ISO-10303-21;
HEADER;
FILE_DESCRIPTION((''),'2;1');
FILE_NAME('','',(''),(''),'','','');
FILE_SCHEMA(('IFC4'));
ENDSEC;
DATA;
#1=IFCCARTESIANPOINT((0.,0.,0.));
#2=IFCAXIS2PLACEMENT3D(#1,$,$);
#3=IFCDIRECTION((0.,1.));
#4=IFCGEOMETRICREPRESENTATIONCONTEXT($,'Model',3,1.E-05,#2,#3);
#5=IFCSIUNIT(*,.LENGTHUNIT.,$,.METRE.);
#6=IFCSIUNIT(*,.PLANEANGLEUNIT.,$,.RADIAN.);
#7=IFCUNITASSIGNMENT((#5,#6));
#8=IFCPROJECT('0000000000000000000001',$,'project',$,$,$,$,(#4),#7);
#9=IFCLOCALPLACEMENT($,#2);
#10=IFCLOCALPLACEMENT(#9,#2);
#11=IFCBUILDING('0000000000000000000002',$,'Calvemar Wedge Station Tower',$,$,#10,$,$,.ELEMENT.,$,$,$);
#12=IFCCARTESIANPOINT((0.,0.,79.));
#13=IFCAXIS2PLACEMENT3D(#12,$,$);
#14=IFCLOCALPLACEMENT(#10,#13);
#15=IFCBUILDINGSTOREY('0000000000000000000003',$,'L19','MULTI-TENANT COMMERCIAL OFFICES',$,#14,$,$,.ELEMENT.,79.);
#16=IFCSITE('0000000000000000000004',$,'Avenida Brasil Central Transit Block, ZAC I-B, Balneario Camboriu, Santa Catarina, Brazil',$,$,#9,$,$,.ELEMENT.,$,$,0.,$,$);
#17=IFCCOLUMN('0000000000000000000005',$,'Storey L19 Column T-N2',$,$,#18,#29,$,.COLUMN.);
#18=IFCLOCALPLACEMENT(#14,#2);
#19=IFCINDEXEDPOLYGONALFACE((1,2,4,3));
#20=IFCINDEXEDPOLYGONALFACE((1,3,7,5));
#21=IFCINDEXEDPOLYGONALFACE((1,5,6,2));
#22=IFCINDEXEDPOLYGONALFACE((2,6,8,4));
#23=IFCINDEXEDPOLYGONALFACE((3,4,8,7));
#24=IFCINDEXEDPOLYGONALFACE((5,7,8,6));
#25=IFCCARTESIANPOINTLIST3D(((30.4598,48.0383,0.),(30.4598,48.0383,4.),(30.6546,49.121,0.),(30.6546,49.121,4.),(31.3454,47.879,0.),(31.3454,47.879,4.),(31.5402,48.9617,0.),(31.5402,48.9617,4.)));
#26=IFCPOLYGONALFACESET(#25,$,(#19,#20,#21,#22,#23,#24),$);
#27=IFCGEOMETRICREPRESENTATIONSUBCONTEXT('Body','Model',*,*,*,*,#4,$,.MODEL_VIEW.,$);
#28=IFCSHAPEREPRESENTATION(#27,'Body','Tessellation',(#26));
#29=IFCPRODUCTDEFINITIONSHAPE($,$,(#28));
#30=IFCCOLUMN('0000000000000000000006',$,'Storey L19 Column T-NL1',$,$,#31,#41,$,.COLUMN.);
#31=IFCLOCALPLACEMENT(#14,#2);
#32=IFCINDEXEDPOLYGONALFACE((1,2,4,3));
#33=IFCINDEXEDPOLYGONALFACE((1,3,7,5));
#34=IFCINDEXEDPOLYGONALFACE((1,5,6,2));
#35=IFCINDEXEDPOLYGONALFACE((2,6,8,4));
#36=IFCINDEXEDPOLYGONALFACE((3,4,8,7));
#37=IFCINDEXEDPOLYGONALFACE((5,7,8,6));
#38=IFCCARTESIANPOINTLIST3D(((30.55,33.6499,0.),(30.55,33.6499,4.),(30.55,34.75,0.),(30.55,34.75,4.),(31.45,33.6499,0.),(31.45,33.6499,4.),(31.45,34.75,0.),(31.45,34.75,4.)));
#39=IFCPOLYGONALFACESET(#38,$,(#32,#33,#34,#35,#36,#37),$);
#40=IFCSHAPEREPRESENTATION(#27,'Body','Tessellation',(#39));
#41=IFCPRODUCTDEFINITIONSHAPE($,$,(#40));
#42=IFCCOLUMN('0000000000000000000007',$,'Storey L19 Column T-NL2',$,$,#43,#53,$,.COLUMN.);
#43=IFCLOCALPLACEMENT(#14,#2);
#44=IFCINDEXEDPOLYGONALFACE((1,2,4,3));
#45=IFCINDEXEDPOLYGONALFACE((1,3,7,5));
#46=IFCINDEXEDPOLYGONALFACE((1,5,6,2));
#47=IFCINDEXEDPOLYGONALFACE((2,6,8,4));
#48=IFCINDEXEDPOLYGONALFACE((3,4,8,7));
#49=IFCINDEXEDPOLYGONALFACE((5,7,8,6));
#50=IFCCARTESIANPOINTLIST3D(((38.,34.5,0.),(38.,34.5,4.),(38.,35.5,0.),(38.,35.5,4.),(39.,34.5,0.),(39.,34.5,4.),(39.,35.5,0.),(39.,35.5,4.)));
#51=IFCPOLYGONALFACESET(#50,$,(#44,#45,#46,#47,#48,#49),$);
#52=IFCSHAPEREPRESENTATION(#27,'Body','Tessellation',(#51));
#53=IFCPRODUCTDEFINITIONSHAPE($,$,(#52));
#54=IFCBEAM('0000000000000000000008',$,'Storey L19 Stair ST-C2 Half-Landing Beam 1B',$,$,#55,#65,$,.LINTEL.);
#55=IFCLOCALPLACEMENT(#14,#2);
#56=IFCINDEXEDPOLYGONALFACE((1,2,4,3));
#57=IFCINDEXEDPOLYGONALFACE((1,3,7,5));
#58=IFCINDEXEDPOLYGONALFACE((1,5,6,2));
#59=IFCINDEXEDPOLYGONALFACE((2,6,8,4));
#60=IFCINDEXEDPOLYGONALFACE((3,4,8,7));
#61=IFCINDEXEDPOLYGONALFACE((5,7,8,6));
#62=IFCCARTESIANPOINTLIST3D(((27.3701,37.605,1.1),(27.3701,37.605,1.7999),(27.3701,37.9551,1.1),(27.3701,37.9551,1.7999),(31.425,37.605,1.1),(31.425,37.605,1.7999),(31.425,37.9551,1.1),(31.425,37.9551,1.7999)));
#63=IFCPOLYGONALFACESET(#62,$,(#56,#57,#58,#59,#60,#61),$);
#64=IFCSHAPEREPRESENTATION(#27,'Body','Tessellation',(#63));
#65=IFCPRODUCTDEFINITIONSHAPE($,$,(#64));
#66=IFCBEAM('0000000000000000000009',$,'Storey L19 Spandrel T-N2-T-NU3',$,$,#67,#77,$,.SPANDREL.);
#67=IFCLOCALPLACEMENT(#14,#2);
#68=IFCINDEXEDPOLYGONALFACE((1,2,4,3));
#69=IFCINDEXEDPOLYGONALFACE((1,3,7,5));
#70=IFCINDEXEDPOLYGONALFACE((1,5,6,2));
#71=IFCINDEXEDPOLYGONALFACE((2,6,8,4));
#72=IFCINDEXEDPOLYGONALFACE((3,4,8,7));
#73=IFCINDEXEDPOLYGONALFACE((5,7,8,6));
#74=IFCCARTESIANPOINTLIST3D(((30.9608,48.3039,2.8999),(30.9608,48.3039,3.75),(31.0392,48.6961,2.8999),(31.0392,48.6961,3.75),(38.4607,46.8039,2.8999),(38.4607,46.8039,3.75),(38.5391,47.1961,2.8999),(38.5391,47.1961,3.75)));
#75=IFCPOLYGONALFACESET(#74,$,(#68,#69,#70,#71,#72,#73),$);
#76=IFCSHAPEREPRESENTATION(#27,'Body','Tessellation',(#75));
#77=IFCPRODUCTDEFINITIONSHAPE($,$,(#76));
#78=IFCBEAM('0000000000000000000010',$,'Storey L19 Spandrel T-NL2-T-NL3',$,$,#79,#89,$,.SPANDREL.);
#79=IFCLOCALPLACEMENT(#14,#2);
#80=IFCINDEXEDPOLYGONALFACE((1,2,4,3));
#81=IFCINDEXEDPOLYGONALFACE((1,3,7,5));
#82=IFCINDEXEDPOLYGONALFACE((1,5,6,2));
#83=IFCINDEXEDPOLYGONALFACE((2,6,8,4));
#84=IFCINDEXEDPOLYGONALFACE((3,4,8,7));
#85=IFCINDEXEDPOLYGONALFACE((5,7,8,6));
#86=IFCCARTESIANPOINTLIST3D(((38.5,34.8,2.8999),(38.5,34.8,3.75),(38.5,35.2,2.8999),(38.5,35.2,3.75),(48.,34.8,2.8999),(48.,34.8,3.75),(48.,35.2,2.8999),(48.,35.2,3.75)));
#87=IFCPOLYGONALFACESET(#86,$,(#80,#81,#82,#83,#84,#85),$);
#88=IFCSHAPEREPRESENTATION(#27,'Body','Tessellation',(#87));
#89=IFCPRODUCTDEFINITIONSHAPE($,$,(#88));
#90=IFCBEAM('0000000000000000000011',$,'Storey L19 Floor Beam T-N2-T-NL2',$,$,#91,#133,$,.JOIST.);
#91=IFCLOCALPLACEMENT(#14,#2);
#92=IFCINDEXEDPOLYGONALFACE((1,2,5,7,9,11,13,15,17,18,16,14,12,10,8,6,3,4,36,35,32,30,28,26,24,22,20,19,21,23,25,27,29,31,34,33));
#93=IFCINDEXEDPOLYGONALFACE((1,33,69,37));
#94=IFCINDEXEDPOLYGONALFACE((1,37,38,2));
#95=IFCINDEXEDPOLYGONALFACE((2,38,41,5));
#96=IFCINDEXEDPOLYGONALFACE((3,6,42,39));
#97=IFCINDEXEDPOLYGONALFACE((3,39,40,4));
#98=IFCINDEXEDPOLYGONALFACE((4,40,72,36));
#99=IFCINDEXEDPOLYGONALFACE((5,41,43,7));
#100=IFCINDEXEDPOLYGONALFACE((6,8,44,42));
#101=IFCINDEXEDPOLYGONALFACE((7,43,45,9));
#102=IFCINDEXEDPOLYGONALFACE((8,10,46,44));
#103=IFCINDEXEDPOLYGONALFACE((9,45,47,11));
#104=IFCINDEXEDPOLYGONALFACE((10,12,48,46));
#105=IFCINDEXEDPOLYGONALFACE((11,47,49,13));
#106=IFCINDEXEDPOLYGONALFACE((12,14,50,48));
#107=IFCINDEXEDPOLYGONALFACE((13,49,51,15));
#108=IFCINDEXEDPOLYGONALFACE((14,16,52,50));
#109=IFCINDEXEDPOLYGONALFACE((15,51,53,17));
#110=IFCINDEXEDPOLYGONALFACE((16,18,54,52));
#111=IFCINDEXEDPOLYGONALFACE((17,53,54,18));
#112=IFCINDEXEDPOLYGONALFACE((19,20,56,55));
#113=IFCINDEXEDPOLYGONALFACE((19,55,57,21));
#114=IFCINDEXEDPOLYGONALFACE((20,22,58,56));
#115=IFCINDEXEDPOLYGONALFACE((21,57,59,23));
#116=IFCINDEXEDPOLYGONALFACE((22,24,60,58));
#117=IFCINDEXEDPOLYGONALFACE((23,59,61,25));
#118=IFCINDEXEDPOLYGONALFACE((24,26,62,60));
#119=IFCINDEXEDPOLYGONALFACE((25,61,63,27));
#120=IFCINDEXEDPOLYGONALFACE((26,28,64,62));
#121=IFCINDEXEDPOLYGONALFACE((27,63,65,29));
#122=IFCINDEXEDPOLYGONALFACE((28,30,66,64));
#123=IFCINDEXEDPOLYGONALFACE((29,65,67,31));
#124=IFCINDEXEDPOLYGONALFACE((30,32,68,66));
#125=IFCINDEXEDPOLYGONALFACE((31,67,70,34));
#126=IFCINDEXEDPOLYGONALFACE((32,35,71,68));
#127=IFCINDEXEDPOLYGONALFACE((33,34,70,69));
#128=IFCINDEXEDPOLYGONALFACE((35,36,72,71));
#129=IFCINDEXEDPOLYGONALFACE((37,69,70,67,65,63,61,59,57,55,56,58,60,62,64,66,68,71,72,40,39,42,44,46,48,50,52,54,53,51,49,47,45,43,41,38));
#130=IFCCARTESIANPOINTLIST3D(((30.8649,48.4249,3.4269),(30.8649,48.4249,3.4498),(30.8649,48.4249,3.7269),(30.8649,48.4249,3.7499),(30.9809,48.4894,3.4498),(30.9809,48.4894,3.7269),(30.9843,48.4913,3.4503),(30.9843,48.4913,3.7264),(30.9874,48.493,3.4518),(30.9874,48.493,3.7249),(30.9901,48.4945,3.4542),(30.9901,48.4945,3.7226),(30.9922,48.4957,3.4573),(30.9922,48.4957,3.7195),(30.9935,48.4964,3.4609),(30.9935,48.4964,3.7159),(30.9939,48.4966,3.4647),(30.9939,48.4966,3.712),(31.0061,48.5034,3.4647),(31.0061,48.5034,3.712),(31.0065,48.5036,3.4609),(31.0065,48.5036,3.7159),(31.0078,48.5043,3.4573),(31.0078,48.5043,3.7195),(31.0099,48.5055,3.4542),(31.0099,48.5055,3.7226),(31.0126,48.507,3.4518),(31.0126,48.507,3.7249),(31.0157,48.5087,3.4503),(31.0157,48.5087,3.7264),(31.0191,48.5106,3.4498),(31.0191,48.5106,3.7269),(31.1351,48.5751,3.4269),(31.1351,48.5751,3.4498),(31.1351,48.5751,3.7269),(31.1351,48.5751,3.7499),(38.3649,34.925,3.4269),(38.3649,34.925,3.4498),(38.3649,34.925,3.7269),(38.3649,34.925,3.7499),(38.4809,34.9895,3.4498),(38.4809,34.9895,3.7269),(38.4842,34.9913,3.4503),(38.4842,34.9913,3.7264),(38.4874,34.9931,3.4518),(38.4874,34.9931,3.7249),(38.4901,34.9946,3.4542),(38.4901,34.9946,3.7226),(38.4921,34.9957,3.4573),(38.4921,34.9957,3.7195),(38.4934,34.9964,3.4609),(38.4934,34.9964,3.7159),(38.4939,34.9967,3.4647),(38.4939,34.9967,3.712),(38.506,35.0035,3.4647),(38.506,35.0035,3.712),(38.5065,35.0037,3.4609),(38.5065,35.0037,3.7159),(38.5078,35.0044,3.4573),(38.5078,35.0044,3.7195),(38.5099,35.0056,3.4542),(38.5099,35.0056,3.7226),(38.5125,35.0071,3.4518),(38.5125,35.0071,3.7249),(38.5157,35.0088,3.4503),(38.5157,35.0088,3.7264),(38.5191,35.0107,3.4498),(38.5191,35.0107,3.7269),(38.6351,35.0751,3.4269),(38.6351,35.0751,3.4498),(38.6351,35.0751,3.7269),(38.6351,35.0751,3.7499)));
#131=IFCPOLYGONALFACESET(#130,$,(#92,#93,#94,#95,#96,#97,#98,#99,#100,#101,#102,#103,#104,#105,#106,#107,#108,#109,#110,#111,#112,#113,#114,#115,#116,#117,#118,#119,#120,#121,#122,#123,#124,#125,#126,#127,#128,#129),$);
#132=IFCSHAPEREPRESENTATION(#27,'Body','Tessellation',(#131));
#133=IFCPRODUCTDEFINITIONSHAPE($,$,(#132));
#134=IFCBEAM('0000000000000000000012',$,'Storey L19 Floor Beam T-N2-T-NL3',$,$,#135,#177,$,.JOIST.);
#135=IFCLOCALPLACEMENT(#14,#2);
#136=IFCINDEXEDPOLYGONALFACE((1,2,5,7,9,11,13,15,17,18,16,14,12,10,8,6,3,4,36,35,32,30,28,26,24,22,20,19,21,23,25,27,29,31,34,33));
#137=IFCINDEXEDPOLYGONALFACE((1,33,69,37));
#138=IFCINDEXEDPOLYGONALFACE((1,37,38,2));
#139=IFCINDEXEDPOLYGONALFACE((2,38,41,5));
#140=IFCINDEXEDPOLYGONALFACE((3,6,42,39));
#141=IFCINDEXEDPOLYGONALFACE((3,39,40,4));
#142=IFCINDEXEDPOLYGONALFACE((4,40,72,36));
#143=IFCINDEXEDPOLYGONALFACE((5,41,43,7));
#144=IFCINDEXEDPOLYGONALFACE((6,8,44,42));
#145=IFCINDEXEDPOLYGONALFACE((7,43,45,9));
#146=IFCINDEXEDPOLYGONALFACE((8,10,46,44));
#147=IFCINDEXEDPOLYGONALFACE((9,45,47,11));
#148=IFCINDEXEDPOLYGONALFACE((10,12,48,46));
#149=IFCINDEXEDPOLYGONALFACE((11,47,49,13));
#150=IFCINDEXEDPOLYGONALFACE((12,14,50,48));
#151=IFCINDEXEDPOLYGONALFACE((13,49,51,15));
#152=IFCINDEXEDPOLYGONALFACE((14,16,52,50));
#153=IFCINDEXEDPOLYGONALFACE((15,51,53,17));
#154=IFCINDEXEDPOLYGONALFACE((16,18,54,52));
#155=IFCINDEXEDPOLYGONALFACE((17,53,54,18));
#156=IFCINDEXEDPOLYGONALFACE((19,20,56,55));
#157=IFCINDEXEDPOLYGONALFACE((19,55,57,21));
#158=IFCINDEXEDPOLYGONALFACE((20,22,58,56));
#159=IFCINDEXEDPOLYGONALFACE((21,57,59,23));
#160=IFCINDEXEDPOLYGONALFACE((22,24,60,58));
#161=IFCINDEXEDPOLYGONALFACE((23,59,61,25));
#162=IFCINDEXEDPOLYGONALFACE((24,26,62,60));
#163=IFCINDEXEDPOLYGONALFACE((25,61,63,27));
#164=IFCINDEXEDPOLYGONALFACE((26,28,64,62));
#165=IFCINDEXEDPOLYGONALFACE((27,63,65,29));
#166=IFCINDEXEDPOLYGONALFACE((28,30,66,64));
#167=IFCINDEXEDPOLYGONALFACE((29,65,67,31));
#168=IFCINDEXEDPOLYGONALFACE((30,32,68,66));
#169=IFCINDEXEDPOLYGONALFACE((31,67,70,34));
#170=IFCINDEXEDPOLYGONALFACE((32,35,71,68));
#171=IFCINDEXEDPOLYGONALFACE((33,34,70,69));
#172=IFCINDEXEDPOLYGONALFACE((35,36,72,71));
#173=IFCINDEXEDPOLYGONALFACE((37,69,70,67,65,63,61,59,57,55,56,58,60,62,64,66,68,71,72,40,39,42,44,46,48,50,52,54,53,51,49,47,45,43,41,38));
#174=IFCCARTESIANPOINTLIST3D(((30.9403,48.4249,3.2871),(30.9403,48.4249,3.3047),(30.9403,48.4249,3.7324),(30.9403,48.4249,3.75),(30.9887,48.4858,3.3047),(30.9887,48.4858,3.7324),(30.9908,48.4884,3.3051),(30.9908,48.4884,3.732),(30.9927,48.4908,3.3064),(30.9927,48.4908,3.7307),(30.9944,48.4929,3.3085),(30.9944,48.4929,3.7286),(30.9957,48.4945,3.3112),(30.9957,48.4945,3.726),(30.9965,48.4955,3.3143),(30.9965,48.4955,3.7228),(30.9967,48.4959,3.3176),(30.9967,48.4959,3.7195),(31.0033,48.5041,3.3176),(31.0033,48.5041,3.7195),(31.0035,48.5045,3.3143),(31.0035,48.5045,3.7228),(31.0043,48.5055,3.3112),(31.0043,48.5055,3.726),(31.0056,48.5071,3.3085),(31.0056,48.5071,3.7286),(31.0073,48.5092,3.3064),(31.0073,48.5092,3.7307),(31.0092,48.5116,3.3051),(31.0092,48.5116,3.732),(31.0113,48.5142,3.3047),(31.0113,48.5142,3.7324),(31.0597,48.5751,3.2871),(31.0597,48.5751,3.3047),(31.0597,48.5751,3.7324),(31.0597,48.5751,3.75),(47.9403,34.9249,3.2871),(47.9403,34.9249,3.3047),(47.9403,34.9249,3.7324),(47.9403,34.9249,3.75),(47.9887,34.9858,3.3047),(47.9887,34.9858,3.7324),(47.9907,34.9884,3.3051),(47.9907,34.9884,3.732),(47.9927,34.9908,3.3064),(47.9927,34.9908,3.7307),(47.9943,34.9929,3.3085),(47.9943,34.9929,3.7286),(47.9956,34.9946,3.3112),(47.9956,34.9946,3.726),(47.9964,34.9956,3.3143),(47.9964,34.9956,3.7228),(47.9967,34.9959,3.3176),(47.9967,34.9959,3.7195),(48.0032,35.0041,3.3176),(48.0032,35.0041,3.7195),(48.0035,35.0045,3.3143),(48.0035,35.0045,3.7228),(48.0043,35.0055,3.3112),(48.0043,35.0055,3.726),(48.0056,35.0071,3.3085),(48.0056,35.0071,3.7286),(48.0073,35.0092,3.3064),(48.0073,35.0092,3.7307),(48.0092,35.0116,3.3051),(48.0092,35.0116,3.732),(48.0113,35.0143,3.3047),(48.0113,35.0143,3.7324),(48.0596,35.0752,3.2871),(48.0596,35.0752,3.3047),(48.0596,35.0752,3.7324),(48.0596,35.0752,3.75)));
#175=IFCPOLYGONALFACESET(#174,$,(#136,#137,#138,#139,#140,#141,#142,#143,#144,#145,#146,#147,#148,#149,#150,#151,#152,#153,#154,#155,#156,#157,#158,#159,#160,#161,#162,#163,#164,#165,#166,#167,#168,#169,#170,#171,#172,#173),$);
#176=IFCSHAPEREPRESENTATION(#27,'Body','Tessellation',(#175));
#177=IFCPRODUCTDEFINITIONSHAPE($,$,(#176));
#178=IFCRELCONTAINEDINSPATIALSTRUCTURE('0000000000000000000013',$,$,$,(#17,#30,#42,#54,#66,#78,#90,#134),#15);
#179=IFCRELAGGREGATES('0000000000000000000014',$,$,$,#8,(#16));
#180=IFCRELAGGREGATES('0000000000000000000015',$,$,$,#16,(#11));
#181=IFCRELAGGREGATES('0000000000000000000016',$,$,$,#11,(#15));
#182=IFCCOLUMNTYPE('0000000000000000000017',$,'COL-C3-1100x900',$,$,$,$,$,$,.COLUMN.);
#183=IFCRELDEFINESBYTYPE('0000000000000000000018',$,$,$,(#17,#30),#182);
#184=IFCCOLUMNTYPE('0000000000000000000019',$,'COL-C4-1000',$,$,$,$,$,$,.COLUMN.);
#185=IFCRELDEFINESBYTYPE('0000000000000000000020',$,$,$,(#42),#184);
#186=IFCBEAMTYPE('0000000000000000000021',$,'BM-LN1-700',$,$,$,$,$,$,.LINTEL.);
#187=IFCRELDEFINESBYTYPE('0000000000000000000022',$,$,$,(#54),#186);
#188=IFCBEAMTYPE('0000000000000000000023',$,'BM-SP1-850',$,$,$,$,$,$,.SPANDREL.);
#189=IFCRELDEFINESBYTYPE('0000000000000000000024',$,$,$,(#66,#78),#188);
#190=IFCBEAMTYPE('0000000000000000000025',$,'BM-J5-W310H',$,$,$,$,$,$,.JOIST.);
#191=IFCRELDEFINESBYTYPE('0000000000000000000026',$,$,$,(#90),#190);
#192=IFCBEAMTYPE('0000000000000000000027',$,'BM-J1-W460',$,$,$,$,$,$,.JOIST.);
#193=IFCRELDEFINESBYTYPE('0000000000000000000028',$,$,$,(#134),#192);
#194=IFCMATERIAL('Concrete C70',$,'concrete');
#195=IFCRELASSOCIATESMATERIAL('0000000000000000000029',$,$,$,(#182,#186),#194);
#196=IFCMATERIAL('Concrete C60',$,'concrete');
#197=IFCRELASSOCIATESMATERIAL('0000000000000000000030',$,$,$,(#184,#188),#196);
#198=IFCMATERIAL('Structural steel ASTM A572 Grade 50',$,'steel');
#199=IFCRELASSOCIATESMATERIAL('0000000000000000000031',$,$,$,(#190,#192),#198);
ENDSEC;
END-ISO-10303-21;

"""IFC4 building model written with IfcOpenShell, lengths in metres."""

from ifc_helpers import new_model, si_unit, direction, frame, origin, origin_2d, place, context, subcontext, project, spatial, rectangle, i_section, extrude, source, transform, mapped, material, material_profile, profile_set, type_object, element, save


model = new_model("IFC4")

# Units and contexts
model_context = context("Model", 3, precision=1e-05, world=origin(), true_north=direction((0.0, 1.0)))
body_context = subcontext(model_context, "Body", "Model", "MODEL_VIEW")
ifc_project = project(units=[si_unit("LENGTHUNIT", "METRE"), si_unit("PLANEANGLEUNIT", "RADIAN")], contexts=[model_context])

# Site, building, storey
site_placement = place(None, origin())
site = spatial("IfcSite", under=ifc_project, at=site_placement, Name="Avenida Brasil Central Transit Block, ZAC I-B, Balneario Camboriu, Santa Catarina, Brazil", CompositionType="ELEMENT", RefElevation=0.0)
building_placement = place(site_placement, origin())
building = spatial("IfcBuilding", under=site, at=building_placement, Name="Calvemar Wedge Station Tower", CompositionType="ELEMENT")
storey_placement = place(building_placement, frame((0.0, 0.0, 79.0)))
storey = spatial("IfcBuildingStorey", under=building, at=storey_placement, Name="L19", Description="MULTI-TENANT COMMERCIAL OFFICES", CompositionType="ELEMENT", Elevation=79.0)

# Columns
ifc_material_1 = material(Name="Concrete C70", Category="concrete")
ifc_material_profile_1 = material_profile(ifc_material_1, rectangle(XDim=0.8999, YDim=1.1001, at=origin_2d()), Name="RC1100x900")
ifc_profile_set_1 = profile_set([ifc_material_profile_1], Name="Concrete C70")
column_type_1 = type_object("IfcColumnType", Name="COL-C3-1100x900", PredefinedType="COLUMN", material=ifc_profile_set_1)
shared_shape_1 = source(origin(), body_context, "Body", "SweptSolid", [
    extrude(rectangle(XDim=0.8999, YDim=1.1001, at=origin_2d()), origin(), (0.0, 0.0, 1.0), 4.0),
])
for number, where, z_axis, x_axis, name in (
    (1, (31.0, 48.5, 0.0), (0.0, 0.0, 1.0), (0.984196, -0.177085, 0.0), "Storey L19 Column T-N2"),
    (2, (31.0, 34.2, 0.0), (0.0, 0.0, 1.0), (1.0, 0.0, 0.0), "Storey L19 Column T-NL1"),
):
    element("IfcColumn", number, at=place(storey_placement, frame(where, z_axis=z_axis, x_axis=x_axis)), inside=storey, type_object=column_type_1, Name=name, PredefinedType="COLUMN", context=body_context, shape_type="MappedRepresentation", body=[
        mapped(shared_shape_1, transform((0.0, 0.0, 0.0), scale=1.0)),
    ])
ifc_material_2 = material(Name="Concrete C60", Category="concrete")
ifc_material_profile_2 = material_profile(ifc_material_2, rectangle(XDim=1.0, YDim=1.0, at=origin_2d()), Name="RC1000x1000")
ifc_profile_set_2 = profile_set([ifc_material_profile_2], Name="Concrete C60")
column_type_2 = type_object("IfcColumnType", Name="COL-C4-1000", PredefinedType="COLUMN", material=ifc_profile_set_2)
shared_shape_2 = source(origin(), body_context, "Body", "SweptSolid", [
    extrude(rectangle(XDim=1.0, YDim=1.0, at=origin_2d()), origin(), (0.0, 0.0, 1.0), 4.0),
])
column_placement = place(storey_placement, frame((38.5, 35.0, 0.0), z_axis=(0.0, 0.0, 1.0), x_axis=(1.0, 0.0, 0.0)))
element("IfcColumn", 3, at=column_placement, inside=storey, type_object=column_type_2, Name="Storey L19 Column T-NL2", PredefinedType="COLUMN", context=body_context, shape_type="MappedRepresentation", body=[
    mapped(shared_shape_2, transform((0.0, 0.0, 0.0), scale=1.0)),
])

# Beams
ifc_material_profile_3 = material_profile(ifc_material_1, rectangle(XDim=0.3501, YDim=0.7, at=origin_2d()), Name="RC350x700")
ifc_profile_set_3 = profile_set([ifc_material_profile_3], Name="Concrete C70")
beam_type_1 = type_object("IfcBeamType", Name="BM-LN1-700", PredefinedType="LINTEL", material=ifc_profile_set_3)
shared_shape_3 = source(origin(), body_context, "Body", "SweptSolid", [
    extrude(rectangle(XDim=0.3501, YDim=0.7, at=origin_2d()), origin(), (0.0, 0.0, 1.0), 4.0549),
])
beam_1_placement = place(storey_placement, frame((27.3701, 37.78, 1.45), z_axis=(1.0, 0.0, 0.0), x_axis=(0.0, 1.0, 0.0)))
element("IfcBeam", 4, at=beam_1_placement, inside=storey, type_object=beam_type_1, Name="Storey L19 Stair ST-C2 Half-Landing Beam 1B", PredefinedType="LINTEL", context=body_context, shape_type="MappedRepresentation", body=[
    mapped(shared_shape_3, transform((0.0, 0.0, 0.0), scale=1.0)),
])
ifc_material_profile_4 = material_profile(ifc_material_2, rectangle(XDim=0.3999, YDim=0.8501, at=origin_2d()), Name="RC400x850")
ifc_profile_set_4 = profile_set([ifc_material_profile_4], Name="Concrete C60")
beam_type_2 = type_object("IfcBeamType", Name="BM-SP1-850", PredefinedType="SPANDREL", material=ifc_profile_set_4)
shared_shape_4 = source(origin(), body_context, "Body", "SweptSolid", [
    extrude(rectangle(XDim=0.3999, YDim=0.8501, at=origin_2d()), origin(), (0.0, 0.0, 1.0), 7.6484),
])
beam_2_placement = place(storey_placement, frame((31.0, 48.5, 3.325), z_axis=(0.980581, -0.196116, 0.0), x_axis=(0.196116, 0.980581, 0.0)))
element("IfcBeam", 5, at=beam_2_placement, inside=storey, type_object=beam_type_2, Name="Storey L19 Spandrel T-N2-T-NU3", PredefinedType="SPANDREL", context=body_context, shape_type="MappedRepresentation", body=[
    mapped(shared_shape_4, transform((0.0, 0.0, 0.0), scale=1.0)),
])
shared_shape_5 = source(origin(), body_context, "Body", "SweptSolid", [
    extrude(rectangle(XDim=0.3999, YDim=0.8501, at=origin_2d()), origin(), (0.0, 0.0, 1.0), 9.5),
])
beam_3_placement = place(storey_placement, frame((38.5, 35.0, 3.325), z_axis=(1.0, 0.0, 0.0), x_axis=(0.0, 1.0, 0.0)))
element("IfcBeam", 6, at=beam_3_placement, inside=storey, type_object=beam_type_2, Name="Storey L19 Spandrel T-NL2-T-NL3", PredefinedType="SPANDREL", context=body_context, shape_type="MappedRepresentation", body=[
    mapped(shared_shape_5, transform((0.0, 0.0, 0.0), scale=1.0)),
])
ifc_material_3 = material(Name="Structural steel ASTM A572 Grade 50", Category="steel")
ifc_material_profile_5 = material_profile(ifc_material_3, i_section(OverallWidth=0.3091, OverallDepth=0.323, WebThickness=0.0139, FlangeThickness=0.0229, FilletRadius=0.0149, at=origin_2d()), Name="W310x143")
ifc_profile_set_5 = profile_set([ifc_material_profile_5], Name="Structural steel ASTM A572 Grade 50")
beam_type_3 = type_object("IfcBeamType", Name="BM-J5-W310H", PredefinedType="JOIST", material=ifc_profile_set_5)
shared_shape_6 = source(origin(), body_context, "Body", "SweptSolid", [
    extrude(i_section(OverallWidth=0.3091, OverallDepth=0.323, WebThickness=0.0139, FlangeThickness=0.0229, FilletRadius=0.0149, at=origin_2d()), origin(), (0.0, 0.0, 1.0), 15.4434),
])
beam_4_placement = place(storey_placement, frame((31.0, 48.5, 3.5884), z_axis=(0.485643, -0.874157, 0.0), x_axis=(0.874157, 0.485643, 0.0)))
element("IfcBeam", 7, at=beam_4_placement, inside=storey, type_object=beam_type_3, Name="Storey L19 Floor Beam T-N2-T-NL2", PredefinedType="JOIST", context=body_context, shape_type="MappedRepresentation", body=[
    mapped(shared_shape_6, transform((0.0, 0.0, 0.0), scale=1.0)),
])
ifc_material_profile_6 = material_profile(ifc_material_3, i_section(OverallWidth=0.1919, OverallDepth=0.4629, WebThickness=0.0105, FlangeThickness=0.0176, FilletRadius=0.0129, at=origin_2d()), Name="W460x89")
ifc_profile_set_6 = profile_set([ifc_material_profile_6], Name="Structural steel ASTM A572 Grade 50")
beam_type_4 = type_object("IfcBeamType", Name="BM-J1-W460", PredefinedType="JOIST", material=ifc_profile_set_6)
shared_shape_7 = source(origin(), body_context, "Body", "SweptSolid", [
    extrude(i_section(OverallWidth=0.1919, OverallDepth=0.4629, WebThickness=0.0105, FlangeThickness=0.0176, FilletRadius=0.0129, at=origin_2d()), origin(), (0.0, 0.0, 1.0), 21.7083),
])
beam_5_placement = place(storey_placement, frame((31.0, 48.5, 3.5186), z_axis=(0.783111, -0.621882, 0.0), x_axis=(0.621882, 0.783111, 0.0)))
element("IfcBeam", 8, at=beam_5_placement, inside=storey, type_object=beam_type_4, Name="Storey L19 Floor Beam T-N2-T-NL3", PredefinedType="JOIST", context=body_context, shape_type="MappedRepresentation", body=[
    mapped(shared_shape_7, transform((0.0, 0.0, 0.0), scale=1.0)),
])

save(model, "model.ifc")
